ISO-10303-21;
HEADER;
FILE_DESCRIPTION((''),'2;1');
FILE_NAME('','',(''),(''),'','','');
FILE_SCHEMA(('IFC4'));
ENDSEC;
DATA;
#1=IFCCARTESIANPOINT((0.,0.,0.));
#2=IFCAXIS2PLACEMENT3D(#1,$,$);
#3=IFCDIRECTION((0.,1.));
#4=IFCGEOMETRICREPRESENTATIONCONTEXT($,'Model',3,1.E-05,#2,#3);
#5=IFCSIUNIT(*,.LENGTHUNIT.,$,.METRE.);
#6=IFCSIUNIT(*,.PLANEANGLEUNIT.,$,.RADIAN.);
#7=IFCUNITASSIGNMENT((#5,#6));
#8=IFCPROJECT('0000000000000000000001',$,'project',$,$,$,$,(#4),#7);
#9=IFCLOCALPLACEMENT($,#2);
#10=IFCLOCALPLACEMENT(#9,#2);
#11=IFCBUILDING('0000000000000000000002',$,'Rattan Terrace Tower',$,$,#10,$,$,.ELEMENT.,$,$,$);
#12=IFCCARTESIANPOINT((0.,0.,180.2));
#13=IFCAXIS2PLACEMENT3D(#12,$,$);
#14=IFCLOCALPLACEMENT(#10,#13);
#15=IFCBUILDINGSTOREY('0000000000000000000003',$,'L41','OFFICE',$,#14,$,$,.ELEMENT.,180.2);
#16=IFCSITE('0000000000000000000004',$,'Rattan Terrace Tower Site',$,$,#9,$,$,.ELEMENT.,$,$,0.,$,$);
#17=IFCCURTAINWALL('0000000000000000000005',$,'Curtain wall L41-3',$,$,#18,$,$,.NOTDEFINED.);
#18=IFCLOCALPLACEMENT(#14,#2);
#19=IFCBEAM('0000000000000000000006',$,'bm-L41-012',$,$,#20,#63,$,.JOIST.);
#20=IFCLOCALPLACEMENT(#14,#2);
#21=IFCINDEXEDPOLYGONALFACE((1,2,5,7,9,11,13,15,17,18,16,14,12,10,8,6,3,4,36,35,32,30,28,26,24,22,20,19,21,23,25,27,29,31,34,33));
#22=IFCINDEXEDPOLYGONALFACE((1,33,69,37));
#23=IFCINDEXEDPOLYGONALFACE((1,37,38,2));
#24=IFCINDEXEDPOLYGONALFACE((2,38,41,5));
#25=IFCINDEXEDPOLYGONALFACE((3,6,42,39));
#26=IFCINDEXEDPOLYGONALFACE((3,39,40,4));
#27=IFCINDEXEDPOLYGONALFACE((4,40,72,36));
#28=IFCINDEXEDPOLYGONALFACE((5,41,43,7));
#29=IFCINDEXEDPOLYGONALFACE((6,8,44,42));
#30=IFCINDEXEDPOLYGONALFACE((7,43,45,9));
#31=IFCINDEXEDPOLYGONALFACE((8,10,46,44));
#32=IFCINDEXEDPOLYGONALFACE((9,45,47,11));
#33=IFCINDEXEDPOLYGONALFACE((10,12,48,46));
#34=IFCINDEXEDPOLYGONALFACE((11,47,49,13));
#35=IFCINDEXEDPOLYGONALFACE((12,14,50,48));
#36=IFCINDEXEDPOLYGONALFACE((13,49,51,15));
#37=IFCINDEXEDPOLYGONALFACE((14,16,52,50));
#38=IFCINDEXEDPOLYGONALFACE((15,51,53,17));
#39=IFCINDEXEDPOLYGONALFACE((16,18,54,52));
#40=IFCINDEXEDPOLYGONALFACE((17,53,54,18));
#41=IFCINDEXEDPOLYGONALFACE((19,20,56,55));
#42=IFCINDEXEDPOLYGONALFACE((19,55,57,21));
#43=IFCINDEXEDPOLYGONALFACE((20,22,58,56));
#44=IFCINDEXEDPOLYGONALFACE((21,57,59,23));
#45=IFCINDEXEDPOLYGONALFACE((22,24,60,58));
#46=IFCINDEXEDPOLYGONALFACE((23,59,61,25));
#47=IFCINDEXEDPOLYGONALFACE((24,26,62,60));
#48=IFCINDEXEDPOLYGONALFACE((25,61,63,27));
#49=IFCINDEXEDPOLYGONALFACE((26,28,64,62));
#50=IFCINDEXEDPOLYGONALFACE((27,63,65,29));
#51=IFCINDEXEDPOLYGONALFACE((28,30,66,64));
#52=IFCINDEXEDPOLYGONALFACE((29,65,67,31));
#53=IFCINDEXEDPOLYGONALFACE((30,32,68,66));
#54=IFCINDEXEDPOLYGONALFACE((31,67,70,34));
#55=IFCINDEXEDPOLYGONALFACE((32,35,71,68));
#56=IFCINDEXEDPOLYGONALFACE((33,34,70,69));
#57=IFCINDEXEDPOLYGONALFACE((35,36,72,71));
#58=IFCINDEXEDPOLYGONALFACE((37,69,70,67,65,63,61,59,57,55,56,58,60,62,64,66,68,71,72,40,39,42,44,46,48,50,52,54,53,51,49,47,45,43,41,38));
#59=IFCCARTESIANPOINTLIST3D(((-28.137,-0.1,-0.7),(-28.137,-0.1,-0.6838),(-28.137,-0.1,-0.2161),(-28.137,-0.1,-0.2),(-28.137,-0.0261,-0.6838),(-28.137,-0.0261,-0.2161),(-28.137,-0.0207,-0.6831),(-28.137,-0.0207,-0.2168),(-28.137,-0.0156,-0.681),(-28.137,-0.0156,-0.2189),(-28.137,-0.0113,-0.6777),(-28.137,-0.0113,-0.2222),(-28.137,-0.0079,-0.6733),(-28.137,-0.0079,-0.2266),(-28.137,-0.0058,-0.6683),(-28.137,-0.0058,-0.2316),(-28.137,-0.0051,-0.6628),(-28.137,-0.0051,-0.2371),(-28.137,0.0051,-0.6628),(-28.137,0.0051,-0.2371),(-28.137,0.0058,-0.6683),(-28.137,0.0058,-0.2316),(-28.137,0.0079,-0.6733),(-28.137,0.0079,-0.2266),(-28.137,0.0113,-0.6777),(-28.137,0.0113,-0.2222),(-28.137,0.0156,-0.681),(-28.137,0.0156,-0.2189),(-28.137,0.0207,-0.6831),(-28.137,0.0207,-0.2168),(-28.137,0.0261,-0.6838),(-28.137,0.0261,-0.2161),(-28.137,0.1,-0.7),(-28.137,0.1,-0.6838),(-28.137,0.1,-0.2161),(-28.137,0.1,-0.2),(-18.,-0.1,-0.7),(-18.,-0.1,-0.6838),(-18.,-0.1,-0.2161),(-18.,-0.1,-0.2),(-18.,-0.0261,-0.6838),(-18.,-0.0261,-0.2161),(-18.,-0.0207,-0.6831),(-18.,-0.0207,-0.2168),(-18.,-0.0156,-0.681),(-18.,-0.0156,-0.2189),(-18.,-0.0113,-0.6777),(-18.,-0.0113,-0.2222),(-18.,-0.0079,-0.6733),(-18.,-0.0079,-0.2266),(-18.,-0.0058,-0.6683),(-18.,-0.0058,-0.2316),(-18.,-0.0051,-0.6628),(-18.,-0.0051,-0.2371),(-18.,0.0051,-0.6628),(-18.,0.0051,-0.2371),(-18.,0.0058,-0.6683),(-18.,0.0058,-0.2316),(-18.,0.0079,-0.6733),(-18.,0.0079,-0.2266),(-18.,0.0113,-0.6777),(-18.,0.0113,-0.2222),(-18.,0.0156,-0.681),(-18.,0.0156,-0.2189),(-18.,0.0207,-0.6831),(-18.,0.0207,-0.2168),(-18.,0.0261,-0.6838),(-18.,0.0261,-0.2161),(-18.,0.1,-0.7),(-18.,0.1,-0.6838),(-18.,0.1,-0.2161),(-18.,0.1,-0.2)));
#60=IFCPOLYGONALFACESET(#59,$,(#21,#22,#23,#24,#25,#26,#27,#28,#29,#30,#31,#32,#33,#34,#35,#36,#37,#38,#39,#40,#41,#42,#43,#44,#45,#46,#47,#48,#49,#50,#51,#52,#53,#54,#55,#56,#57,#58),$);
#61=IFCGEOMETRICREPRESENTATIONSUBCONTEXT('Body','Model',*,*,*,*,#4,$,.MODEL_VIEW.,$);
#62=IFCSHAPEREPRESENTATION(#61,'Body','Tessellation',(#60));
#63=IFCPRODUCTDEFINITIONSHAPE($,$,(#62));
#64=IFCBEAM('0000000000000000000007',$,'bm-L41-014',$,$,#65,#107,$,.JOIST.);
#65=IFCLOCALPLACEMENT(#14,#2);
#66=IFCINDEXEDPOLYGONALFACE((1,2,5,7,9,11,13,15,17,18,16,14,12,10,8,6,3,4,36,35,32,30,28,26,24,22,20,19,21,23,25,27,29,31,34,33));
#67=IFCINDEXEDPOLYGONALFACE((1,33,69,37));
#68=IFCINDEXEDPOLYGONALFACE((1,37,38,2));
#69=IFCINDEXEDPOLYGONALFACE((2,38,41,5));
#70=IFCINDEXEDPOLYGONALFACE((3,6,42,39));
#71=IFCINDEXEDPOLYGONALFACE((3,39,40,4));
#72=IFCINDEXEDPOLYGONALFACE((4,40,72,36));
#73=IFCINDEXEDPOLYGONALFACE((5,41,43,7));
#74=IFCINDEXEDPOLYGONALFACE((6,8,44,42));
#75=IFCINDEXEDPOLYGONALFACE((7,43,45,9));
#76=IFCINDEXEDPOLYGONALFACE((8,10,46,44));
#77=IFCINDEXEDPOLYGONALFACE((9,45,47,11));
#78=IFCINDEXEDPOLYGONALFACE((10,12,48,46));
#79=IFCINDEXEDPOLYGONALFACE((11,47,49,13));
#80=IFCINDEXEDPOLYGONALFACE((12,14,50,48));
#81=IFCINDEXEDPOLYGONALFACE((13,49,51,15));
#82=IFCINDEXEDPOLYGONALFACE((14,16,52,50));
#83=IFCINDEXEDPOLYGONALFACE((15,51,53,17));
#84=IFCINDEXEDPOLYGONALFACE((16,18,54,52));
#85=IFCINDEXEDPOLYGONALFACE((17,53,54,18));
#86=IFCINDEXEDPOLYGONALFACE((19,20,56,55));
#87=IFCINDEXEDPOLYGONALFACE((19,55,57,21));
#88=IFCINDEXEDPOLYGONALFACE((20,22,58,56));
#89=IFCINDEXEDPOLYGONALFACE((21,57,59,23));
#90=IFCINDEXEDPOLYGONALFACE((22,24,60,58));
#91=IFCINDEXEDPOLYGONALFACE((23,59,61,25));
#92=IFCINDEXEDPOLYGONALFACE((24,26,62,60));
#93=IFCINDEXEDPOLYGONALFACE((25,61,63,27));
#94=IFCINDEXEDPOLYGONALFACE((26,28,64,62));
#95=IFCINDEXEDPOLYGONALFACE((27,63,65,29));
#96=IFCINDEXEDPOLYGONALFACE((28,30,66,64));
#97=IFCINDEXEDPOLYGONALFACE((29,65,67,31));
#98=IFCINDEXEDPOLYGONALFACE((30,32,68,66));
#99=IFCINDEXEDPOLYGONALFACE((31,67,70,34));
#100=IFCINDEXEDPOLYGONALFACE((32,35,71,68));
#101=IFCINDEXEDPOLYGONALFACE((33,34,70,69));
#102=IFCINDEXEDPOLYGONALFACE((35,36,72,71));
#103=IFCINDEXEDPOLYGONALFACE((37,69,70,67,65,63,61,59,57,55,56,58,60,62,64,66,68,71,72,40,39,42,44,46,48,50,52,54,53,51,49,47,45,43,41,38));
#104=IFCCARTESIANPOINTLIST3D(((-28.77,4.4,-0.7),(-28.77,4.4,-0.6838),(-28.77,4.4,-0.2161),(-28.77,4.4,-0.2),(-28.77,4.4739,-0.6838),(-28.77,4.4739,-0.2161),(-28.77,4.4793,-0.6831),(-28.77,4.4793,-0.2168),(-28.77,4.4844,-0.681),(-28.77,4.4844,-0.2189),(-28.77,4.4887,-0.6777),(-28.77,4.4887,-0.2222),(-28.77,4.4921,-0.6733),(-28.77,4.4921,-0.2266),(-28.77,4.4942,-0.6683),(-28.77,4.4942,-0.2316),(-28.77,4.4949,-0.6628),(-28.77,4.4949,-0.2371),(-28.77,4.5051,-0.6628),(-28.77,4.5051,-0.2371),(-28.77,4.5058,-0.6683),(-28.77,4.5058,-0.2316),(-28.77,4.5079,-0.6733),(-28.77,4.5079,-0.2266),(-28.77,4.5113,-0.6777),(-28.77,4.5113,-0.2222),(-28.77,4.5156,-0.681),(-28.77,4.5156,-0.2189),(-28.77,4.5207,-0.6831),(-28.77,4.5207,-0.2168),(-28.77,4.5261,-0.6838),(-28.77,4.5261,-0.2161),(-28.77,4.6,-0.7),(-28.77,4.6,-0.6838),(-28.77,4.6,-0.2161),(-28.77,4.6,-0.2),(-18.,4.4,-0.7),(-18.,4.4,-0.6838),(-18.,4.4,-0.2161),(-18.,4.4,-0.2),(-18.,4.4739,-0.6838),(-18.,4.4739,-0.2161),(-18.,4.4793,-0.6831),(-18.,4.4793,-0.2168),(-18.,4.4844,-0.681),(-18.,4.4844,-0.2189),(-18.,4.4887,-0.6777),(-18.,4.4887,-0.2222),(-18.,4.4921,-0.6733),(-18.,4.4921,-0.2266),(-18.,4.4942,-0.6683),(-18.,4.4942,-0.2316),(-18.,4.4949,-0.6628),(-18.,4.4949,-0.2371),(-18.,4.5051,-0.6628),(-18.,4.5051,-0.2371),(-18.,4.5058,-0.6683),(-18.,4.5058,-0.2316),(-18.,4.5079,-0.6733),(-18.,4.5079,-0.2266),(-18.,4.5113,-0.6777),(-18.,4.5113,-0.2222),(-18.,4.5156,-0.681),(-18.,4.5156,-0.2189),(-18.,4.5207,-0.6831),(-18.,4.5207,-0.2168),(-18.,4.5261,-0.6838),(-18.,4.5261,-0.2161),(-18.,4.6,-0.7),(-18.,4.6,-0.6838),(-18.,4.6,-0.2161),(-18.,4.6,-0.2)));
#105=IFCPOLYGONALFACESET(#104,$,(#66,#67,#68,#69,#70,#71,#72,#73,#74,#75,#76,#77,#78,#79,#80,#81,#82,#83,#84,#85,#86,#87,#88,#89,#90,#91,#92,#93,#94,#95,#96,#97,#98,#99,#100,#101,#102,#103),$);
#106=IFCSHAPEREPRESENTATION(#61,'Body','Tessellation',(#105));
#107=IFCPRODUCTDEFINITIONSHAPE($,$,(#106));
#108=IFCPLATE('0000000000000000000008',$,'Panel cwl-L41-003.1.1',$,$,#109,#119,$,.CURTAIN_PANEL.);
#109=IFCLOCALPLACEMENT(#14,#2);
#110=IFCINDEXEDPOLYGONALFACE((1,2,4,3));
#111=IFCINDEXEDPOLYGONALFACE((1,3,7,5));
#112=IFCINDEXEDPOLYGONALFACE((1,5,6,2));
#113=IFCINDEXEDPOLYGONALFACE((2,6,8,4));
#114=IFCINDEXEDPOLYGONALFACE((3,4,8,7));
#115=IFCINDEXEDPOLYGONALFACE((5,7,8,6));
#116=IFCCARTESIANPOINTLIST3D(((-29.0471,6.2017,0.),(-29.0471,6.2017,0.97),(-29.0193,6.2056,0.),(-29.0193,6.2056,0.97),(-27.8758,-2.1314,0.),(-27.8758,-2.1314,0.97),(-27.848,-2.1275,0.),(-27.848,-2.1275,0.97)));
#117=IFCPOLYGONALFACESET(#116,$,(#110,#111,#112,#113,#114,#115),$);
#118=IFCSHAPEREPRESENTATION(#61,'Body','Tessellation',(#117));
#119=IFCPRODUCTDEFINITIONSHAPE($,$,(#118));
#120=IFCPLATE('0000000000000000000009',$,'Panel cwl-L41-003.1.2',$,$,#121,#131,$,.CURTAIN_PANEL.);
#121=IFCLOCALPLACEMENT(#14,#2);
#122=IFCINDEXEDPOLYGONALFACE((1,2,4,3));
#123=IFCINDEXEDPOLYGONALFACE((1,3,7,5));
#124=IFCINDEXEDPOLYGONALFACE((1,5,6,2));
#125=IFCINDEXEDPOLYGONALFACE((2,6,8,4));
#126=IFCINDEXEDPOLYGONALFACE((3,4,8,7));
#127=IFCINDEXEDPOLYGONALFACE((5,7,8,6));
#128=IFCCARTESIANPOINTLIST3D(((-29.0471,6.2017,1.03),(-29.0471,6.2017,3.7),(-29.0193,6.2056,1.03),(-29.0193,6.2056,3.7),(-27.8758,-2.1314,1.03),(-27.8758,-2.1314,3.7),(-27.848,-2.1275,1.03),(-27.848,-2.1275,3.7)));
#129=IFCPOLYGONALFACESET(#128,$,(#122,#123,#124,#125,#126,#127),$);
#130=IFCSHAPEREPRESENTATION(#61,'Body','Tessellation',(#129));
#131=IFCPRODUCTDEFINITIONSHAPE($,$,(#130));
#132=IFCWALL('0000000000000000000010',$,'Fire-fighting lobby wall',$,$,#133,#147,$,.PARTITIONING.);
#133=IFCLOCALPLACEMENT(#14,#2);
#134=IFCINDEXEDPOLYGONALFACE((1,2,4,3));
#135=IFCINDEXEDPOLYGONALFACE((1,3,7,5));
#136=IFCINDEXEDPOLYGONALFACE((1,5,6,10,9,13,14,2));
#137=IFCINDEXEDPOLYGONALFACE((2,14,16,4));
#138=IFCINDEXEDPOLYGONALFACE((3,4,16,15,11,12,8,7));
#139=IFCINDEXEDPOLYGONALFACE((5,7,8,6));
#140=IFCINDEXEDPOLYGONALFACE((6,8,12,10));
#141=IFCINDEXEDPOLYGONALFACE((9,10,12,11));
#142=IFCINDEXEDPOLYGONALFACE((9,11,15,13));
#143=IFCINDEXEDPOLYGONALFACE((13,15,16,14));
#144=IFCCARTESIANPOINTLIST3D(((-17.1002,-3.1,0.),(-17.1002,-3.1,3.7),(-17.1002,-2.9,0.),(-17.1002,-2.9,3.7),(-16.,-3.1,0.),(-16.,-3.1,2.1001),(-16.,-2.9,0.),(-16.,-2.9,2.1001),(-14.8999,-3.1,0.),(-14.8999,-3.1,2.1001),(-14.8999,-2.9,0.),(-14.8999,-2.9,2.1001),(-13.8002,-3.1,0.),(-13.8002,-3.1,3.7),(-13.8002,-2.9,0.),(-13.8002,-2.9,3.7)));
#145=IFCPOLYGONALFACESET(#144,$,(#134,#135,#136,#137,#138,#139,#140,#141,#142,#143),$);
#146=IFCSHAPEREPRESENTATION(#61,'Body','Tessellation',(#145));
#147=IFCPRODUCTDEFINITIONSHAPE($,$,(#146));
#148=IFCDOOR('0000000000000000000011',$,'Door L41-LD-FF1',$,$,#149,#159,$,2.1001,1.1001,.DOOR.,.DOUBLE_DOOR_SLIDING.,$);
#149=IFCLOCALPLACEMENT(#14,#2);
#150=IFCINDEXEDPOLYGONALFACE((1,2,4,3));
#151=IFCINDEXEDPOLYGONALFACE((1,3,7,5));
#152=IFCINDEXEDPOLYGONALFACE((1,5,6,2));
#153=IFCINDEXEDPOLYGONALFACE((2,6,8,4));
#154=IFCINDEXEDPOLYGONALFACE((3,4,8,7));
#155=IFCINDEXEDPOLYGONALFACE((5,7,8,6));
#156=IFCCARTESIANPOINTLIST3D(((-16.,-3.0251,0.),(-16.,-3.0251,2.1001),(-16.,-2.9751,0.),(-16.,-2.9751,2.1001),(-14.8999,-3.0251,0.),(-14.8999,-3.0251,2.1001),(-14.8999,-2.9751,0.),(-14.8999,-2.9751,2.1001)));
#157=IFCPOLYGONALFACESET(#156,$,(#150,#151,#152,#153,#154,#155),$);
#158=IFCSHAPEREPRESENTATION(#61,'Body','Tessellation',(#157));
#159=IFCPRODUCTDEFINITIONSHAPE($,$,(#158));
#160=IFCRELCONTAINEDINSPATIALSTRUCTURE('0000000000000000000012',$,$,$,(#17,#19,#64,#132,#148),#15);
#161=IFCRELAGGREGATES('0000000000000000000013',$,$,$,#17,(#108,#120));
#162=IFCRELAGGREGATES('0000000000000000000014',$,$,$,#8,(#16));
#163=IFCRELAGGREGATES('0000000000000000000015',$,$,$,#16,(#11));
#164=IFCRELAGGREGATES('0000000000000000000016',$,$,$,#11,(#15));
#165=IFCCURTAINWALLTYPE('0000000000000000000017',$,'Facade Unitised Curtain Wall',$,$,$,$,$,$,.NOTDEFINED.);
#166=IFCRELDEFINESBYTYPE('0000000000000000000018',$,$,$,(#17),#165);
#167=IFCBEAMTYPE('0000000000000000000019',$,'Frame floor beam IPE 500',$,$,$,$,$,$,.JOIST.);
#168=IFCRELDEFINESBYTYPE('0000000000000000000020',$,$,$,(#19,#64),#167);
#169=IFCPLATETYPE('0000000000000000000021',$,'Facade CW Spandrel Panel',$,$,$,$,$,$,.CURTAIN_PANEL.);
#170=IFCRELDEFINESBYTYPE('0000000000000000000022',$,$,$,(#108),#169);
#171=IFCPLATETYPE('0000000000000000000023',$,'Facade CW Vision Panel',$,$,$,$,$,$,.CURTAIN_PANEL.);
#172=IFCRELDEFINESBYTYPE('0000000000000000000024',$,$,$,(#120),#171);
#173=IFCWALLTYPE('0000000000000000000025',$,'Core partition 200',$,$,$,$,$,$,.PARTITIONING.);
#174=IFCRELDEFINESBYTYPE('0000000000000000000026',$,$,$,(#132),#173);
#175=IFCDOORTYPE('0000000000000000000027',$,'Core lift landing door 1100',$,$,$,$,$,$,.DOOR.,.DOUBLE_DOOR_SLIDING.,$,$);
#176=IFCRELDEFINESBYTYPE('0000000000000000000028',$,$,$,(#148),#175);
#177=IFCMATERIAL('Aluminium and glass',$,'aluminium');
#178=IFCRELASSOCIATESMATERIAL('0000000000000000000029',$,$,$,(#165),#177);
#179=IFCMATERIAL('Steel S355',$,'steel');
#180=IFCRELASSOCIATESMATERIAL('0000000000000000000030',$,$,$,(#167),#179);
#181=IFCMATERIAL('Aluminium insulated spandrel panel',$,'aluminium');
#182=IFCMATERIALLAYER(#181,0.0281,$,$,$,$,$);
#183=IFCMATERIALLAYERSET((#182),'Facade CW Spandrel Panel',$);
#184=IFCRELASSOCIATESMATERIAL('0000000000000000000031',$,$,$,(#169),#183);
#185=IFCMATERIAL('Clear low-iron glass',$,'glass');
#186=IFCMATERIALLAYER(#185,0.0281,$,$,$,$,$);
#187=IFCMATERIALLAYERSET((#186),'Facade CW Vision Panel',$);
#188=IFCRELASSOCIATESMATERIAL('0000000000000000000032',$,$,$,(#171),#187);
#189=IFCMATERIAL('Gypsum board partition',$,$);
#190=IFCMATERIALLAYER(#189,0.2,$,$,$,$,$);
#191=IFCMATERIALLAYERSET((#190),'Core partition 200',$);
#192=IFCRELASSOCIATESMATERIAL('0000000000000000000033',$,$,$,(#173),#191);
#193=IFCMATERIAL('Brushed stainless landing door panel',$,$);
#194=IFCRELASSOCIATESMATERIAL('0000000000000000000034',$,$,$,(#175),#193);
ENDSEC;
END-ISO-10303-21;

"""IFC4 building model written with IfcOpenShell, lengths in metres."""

from ifc_helpers import new_model, si_unit, direction, frame, frame_2d, origin, origin_2d, place, context, subcontext, project, spatial, rectangle, i_section, extrude, material, layer, layer_set, material_profile, profile_set, type_object, element, fill, aggregate, save


model = new_model("IFC4")

# Units and contexts
model_context = context("Model", 3, precision=1e-05, world=origin(), true_north=direction((0.0, 1.0)))
body_context = subcontext(model_context, "Body", "Model", "MODEL_VIEW")
ifc_project = project(units=[si_unit("LENGTHUNIT", "METRE"), si_unit("PLANEANGLEUNIT", "RADIAN")], contexts=[model_context])

# Site, building, storey
site_placement = place(None, origin())
site = spatial("IfcSite", under=ifc_project, at=site_placement, Name="Rattan Terrace Tower Site", CompositionType="ELEMENT", RefElevation=0.0)
building_placement = place(site_placement, origin())
building = spatial("IfcBuilding", under=site, at=building_placement, Name="Rattan Terrace Tower", CompositionType="ELEMENT")
storey_placement = place(building_placement, frame((0.0, 0.0, 180.2)))
storey = spatial("IfcBuildingStorey", under=building, at=storey_placement, Name="L41", Description="OFFICE", CompositionType="ELEMENT", Elevation=180.2)

# Curtain wall
ifc_material_1 = material(Name="Aluminium and glass", Category="aluminium")
curtain_wall_type = type_object("IfcCurtainWallType", Name="Facade Unitised Curtain Wall", PredefinedType="NOTDEFINED", material=ifc_material_1)
curtain_wall_placement = place(storey_placement, origin())
curtain_wall = element("IfcCurtainWall", 1, at=curtain_wall_placement, inside=storey, type_object=curtain_wall_type, Name="Curtain wall L41-3", PredefinedType="NOTDEFINED")

# Beams
ifc_material_2 = material(Name="Steel S355", Category="steel")
ifc_material_profile_1 = material_profile(ifc_material_2, i_section(OverallWidth=0.2, OverallDepth=0.5, WebThickness=0.0103, FlangeThickness=0.0161, FilletRadius=0.021, at=origin_2d()), Name="IPE 500")
ifc_profile_set_1 = profile_set([ifc_material_profile_1], Name="Steel S355")
beam_type_1 = type_object("IfcBeamType", Name="Frame floor beam IPE 500", PredefinedType="JOIST", material=ifc_profile_set_1)
beam_1_placement = place(storey_placement, frame((-28.137, 0.0, -0.45), z_axis=(1.0, 0.0, 0.0), x_axis=(0.0, 1.0, 0.0)))
element("IfcBeam", 2, at=beam_1_placement, inside=storey, type_object=beam_type_1, Name="bm-L41-012", PredefinedType="JOIST", context=body_context, shape_type="SweptSolid", body=[
    extrude(i_section(OverallWidth=0.2, OverallDepth=0.5, WebThickness=0.0103, FlangeThickness=0.0161, FilletRadius=0.021, at=origin_2d()), origin(), (0.0, 0.0, 1.0), 10.137),
])
beam_2_placement = place(storey_placement, frame((-28.77, 4.5, -0.45), z_axis=(1.0, 0.0, 0.0), x_axis=(0.0, 1.0, 0.0)))
element("IfcBeam", 3, at=beam_2_placement, inside=storey, type_object=beam_type_1, Name="bm-L41-014", PredefinedType="JOIST", context=body_context, shape_type="SweptSolid", body=[
    extrude(i_section(OverallWidth=0.2, OverallDepth=0.5, WebThickness=0.0103, FlangeThickness=0.0161, FilletRadius=0.021, at=origin_2d()), origin(), (0.0, 0.0, 1.0), 10.77),
])

# Plates
ifc_material_3 = material(Name="Aluminium insulated spandrel panel", Category="aluminium")
ifc_layer_1 = layer(ifc_material_3, 0.0281)
ifc_layer_set_1 = layer_set([ifc_layer_1], Name="Facade CW Spandrel Panel")
plate_type_1 = type_object("IfcPlateType", Name="Facade CW Spandrel Panel", PredefinedType="CURTAIN_PANEL", material=ifc_layer_set_1)
plate_1_placement = place(storey_placement, frame((-28.4475, 2.0371, 0.0), z_axis=(0.0, 0.0, 1.0), x_axis=(0.139191, -0.990266, 0.0)))
plate_1 = element("IfcPlate", 4, at=plate_1_placement, type_object=plate_type_1, Name="Panel cwl-L41-003.1.1", PredefinedType="CURTAIN_PANEL", context=body_context, shape_type="SweptSolid", body=[
    extrude(rectangle(XDim=8.415, YDim=0.0281, at=origin_2d()), origin(), (0.0, 0.0, 1.0), 0.97),
])
ifc_material_4 = material(Name="Clear low-iron glass", Category="glass")
ifc_layer_2 = layer(ifc_material_4, 0.0281)
ifc_layer_set_2 = layer_set([ifc_layer_2], Name="Facade CW Vision Panel")
plate_type_2 = type_object("IfcPlateType", Name="Facade CW Vision Panel", PredefinedType="CURTAIN_PANEL", material=ifc_layer_set_2)
plate_2_placement = place(storey_placement, frame((-28.4475, 2.0371, 1.03), z_axis=(0.0, 0.0, 1.0), x_axis=(0.139191, -0.990266, 0.0)))
plate_2 = element("IfcPlate", 5, at=plate_2_placement, type_object=plate_type_2, Name="Panel cwl-L41-003.1.2", PredefinedType="CURTAIN_PANEL", context=body_context, shape_type="SweptSolid", body=[
    extrude(rectangle(XDim=8.415, YDim=0.0281, at=origin_2d()), origin(), (0.0, 0.0, 1.0), 2.6699),
])
aggregate(curtain_wall, [plate_1, plate_2])

# Wall, opening, door
ifc_material_5 = material(Name="Gypsum board partition")
ifc_layer_3 = layer(ifc_material_5, 0.2)
ifc_layer_set_3 = layer_set([ifc_layer_3], Name="Core partition 200")
wall_type_1 = type_object("IfcWallType", Name="Core partition 200", PredefinedType="PARTITIONING", material=ifc_layer_set_3)
wall_1_placement = place(storey_placement, frame((-17.1001, -3.0, 0.0), z_axis=(0.0, 0.0, 1.0), x_axis=(1.0, 0.0, 0.0)))
wall_1 = element("IfcWall", 6, at=wall_1_placement, inside=storey, type_object=wall_type_1, Name="Fire-fighting lobby wall", PredefinedType="PARTITIONING", context=body_context, shape_type="SweptSolid", body=[
    extrude(rectangle(XDim=3.3, YDim=0.2, at=frame_2d((1.6499, 0.0))), origin(), (0.0, 0.0, 1.0), 3.7),
])
opening_1_placement = place(wall_1_placement, frame((1.1001, 0.0, 0.0)))
opening_1 = element("IfcOpeningElement", 7, at=opening_1_placement, cuts=wall_1, PredefinedType="OPENING", context=body_context, shape_type="SweptSolid", body=[
    extrude(rectangle(XDim=1.1001, YDim=2.1001, at=frame_2d((0.55, 1.05))), frame((0.0, 0.1106, 0.0), z_axis=(0.0, -1.0, 0.0), x_axis=(1.0, 0.0, 0.0)), (0.0, 0.0, 1.0), 0.2209),
])
ifc_material_6 = material(Name="Brushed stainless landing door panel")
door_type_1 = type_object("IfcDoorType", Name="Core lift landing door 1100", OperationType="DOUBLE_DOOR_SLIDING", PredefinedType="DOOR", material=ifc_material_6)
door_1_placement = place(opening_1_placement, origin())
door_1 = element("IfcDoor", 8, at=door_1_placement, inside=storey, type_object=door_type_1, Name="Door L41-LD-FF1", OperationType="DOUBLE_DOOR_SLIDING", OverallHeight=2.1001, OverallWidth=1.1001, PredefinedType="DOOR", context=body_context, shape_type="SweptSolid", body=[
    extrude(rectangle(XDim=1.1001, YDim=2.1001, at=frame_2d((0.55, 1.05))), frame((0.0, 0.0249, 0.0), z_axis=(0.0, -1.0, 0.0), x_axis=(1.0, 0.0, 0.0)), (0.0, 0.0, 1.0), 0.05),
])
fill(opening_1, door_1)

save(model, "model.ifc")
